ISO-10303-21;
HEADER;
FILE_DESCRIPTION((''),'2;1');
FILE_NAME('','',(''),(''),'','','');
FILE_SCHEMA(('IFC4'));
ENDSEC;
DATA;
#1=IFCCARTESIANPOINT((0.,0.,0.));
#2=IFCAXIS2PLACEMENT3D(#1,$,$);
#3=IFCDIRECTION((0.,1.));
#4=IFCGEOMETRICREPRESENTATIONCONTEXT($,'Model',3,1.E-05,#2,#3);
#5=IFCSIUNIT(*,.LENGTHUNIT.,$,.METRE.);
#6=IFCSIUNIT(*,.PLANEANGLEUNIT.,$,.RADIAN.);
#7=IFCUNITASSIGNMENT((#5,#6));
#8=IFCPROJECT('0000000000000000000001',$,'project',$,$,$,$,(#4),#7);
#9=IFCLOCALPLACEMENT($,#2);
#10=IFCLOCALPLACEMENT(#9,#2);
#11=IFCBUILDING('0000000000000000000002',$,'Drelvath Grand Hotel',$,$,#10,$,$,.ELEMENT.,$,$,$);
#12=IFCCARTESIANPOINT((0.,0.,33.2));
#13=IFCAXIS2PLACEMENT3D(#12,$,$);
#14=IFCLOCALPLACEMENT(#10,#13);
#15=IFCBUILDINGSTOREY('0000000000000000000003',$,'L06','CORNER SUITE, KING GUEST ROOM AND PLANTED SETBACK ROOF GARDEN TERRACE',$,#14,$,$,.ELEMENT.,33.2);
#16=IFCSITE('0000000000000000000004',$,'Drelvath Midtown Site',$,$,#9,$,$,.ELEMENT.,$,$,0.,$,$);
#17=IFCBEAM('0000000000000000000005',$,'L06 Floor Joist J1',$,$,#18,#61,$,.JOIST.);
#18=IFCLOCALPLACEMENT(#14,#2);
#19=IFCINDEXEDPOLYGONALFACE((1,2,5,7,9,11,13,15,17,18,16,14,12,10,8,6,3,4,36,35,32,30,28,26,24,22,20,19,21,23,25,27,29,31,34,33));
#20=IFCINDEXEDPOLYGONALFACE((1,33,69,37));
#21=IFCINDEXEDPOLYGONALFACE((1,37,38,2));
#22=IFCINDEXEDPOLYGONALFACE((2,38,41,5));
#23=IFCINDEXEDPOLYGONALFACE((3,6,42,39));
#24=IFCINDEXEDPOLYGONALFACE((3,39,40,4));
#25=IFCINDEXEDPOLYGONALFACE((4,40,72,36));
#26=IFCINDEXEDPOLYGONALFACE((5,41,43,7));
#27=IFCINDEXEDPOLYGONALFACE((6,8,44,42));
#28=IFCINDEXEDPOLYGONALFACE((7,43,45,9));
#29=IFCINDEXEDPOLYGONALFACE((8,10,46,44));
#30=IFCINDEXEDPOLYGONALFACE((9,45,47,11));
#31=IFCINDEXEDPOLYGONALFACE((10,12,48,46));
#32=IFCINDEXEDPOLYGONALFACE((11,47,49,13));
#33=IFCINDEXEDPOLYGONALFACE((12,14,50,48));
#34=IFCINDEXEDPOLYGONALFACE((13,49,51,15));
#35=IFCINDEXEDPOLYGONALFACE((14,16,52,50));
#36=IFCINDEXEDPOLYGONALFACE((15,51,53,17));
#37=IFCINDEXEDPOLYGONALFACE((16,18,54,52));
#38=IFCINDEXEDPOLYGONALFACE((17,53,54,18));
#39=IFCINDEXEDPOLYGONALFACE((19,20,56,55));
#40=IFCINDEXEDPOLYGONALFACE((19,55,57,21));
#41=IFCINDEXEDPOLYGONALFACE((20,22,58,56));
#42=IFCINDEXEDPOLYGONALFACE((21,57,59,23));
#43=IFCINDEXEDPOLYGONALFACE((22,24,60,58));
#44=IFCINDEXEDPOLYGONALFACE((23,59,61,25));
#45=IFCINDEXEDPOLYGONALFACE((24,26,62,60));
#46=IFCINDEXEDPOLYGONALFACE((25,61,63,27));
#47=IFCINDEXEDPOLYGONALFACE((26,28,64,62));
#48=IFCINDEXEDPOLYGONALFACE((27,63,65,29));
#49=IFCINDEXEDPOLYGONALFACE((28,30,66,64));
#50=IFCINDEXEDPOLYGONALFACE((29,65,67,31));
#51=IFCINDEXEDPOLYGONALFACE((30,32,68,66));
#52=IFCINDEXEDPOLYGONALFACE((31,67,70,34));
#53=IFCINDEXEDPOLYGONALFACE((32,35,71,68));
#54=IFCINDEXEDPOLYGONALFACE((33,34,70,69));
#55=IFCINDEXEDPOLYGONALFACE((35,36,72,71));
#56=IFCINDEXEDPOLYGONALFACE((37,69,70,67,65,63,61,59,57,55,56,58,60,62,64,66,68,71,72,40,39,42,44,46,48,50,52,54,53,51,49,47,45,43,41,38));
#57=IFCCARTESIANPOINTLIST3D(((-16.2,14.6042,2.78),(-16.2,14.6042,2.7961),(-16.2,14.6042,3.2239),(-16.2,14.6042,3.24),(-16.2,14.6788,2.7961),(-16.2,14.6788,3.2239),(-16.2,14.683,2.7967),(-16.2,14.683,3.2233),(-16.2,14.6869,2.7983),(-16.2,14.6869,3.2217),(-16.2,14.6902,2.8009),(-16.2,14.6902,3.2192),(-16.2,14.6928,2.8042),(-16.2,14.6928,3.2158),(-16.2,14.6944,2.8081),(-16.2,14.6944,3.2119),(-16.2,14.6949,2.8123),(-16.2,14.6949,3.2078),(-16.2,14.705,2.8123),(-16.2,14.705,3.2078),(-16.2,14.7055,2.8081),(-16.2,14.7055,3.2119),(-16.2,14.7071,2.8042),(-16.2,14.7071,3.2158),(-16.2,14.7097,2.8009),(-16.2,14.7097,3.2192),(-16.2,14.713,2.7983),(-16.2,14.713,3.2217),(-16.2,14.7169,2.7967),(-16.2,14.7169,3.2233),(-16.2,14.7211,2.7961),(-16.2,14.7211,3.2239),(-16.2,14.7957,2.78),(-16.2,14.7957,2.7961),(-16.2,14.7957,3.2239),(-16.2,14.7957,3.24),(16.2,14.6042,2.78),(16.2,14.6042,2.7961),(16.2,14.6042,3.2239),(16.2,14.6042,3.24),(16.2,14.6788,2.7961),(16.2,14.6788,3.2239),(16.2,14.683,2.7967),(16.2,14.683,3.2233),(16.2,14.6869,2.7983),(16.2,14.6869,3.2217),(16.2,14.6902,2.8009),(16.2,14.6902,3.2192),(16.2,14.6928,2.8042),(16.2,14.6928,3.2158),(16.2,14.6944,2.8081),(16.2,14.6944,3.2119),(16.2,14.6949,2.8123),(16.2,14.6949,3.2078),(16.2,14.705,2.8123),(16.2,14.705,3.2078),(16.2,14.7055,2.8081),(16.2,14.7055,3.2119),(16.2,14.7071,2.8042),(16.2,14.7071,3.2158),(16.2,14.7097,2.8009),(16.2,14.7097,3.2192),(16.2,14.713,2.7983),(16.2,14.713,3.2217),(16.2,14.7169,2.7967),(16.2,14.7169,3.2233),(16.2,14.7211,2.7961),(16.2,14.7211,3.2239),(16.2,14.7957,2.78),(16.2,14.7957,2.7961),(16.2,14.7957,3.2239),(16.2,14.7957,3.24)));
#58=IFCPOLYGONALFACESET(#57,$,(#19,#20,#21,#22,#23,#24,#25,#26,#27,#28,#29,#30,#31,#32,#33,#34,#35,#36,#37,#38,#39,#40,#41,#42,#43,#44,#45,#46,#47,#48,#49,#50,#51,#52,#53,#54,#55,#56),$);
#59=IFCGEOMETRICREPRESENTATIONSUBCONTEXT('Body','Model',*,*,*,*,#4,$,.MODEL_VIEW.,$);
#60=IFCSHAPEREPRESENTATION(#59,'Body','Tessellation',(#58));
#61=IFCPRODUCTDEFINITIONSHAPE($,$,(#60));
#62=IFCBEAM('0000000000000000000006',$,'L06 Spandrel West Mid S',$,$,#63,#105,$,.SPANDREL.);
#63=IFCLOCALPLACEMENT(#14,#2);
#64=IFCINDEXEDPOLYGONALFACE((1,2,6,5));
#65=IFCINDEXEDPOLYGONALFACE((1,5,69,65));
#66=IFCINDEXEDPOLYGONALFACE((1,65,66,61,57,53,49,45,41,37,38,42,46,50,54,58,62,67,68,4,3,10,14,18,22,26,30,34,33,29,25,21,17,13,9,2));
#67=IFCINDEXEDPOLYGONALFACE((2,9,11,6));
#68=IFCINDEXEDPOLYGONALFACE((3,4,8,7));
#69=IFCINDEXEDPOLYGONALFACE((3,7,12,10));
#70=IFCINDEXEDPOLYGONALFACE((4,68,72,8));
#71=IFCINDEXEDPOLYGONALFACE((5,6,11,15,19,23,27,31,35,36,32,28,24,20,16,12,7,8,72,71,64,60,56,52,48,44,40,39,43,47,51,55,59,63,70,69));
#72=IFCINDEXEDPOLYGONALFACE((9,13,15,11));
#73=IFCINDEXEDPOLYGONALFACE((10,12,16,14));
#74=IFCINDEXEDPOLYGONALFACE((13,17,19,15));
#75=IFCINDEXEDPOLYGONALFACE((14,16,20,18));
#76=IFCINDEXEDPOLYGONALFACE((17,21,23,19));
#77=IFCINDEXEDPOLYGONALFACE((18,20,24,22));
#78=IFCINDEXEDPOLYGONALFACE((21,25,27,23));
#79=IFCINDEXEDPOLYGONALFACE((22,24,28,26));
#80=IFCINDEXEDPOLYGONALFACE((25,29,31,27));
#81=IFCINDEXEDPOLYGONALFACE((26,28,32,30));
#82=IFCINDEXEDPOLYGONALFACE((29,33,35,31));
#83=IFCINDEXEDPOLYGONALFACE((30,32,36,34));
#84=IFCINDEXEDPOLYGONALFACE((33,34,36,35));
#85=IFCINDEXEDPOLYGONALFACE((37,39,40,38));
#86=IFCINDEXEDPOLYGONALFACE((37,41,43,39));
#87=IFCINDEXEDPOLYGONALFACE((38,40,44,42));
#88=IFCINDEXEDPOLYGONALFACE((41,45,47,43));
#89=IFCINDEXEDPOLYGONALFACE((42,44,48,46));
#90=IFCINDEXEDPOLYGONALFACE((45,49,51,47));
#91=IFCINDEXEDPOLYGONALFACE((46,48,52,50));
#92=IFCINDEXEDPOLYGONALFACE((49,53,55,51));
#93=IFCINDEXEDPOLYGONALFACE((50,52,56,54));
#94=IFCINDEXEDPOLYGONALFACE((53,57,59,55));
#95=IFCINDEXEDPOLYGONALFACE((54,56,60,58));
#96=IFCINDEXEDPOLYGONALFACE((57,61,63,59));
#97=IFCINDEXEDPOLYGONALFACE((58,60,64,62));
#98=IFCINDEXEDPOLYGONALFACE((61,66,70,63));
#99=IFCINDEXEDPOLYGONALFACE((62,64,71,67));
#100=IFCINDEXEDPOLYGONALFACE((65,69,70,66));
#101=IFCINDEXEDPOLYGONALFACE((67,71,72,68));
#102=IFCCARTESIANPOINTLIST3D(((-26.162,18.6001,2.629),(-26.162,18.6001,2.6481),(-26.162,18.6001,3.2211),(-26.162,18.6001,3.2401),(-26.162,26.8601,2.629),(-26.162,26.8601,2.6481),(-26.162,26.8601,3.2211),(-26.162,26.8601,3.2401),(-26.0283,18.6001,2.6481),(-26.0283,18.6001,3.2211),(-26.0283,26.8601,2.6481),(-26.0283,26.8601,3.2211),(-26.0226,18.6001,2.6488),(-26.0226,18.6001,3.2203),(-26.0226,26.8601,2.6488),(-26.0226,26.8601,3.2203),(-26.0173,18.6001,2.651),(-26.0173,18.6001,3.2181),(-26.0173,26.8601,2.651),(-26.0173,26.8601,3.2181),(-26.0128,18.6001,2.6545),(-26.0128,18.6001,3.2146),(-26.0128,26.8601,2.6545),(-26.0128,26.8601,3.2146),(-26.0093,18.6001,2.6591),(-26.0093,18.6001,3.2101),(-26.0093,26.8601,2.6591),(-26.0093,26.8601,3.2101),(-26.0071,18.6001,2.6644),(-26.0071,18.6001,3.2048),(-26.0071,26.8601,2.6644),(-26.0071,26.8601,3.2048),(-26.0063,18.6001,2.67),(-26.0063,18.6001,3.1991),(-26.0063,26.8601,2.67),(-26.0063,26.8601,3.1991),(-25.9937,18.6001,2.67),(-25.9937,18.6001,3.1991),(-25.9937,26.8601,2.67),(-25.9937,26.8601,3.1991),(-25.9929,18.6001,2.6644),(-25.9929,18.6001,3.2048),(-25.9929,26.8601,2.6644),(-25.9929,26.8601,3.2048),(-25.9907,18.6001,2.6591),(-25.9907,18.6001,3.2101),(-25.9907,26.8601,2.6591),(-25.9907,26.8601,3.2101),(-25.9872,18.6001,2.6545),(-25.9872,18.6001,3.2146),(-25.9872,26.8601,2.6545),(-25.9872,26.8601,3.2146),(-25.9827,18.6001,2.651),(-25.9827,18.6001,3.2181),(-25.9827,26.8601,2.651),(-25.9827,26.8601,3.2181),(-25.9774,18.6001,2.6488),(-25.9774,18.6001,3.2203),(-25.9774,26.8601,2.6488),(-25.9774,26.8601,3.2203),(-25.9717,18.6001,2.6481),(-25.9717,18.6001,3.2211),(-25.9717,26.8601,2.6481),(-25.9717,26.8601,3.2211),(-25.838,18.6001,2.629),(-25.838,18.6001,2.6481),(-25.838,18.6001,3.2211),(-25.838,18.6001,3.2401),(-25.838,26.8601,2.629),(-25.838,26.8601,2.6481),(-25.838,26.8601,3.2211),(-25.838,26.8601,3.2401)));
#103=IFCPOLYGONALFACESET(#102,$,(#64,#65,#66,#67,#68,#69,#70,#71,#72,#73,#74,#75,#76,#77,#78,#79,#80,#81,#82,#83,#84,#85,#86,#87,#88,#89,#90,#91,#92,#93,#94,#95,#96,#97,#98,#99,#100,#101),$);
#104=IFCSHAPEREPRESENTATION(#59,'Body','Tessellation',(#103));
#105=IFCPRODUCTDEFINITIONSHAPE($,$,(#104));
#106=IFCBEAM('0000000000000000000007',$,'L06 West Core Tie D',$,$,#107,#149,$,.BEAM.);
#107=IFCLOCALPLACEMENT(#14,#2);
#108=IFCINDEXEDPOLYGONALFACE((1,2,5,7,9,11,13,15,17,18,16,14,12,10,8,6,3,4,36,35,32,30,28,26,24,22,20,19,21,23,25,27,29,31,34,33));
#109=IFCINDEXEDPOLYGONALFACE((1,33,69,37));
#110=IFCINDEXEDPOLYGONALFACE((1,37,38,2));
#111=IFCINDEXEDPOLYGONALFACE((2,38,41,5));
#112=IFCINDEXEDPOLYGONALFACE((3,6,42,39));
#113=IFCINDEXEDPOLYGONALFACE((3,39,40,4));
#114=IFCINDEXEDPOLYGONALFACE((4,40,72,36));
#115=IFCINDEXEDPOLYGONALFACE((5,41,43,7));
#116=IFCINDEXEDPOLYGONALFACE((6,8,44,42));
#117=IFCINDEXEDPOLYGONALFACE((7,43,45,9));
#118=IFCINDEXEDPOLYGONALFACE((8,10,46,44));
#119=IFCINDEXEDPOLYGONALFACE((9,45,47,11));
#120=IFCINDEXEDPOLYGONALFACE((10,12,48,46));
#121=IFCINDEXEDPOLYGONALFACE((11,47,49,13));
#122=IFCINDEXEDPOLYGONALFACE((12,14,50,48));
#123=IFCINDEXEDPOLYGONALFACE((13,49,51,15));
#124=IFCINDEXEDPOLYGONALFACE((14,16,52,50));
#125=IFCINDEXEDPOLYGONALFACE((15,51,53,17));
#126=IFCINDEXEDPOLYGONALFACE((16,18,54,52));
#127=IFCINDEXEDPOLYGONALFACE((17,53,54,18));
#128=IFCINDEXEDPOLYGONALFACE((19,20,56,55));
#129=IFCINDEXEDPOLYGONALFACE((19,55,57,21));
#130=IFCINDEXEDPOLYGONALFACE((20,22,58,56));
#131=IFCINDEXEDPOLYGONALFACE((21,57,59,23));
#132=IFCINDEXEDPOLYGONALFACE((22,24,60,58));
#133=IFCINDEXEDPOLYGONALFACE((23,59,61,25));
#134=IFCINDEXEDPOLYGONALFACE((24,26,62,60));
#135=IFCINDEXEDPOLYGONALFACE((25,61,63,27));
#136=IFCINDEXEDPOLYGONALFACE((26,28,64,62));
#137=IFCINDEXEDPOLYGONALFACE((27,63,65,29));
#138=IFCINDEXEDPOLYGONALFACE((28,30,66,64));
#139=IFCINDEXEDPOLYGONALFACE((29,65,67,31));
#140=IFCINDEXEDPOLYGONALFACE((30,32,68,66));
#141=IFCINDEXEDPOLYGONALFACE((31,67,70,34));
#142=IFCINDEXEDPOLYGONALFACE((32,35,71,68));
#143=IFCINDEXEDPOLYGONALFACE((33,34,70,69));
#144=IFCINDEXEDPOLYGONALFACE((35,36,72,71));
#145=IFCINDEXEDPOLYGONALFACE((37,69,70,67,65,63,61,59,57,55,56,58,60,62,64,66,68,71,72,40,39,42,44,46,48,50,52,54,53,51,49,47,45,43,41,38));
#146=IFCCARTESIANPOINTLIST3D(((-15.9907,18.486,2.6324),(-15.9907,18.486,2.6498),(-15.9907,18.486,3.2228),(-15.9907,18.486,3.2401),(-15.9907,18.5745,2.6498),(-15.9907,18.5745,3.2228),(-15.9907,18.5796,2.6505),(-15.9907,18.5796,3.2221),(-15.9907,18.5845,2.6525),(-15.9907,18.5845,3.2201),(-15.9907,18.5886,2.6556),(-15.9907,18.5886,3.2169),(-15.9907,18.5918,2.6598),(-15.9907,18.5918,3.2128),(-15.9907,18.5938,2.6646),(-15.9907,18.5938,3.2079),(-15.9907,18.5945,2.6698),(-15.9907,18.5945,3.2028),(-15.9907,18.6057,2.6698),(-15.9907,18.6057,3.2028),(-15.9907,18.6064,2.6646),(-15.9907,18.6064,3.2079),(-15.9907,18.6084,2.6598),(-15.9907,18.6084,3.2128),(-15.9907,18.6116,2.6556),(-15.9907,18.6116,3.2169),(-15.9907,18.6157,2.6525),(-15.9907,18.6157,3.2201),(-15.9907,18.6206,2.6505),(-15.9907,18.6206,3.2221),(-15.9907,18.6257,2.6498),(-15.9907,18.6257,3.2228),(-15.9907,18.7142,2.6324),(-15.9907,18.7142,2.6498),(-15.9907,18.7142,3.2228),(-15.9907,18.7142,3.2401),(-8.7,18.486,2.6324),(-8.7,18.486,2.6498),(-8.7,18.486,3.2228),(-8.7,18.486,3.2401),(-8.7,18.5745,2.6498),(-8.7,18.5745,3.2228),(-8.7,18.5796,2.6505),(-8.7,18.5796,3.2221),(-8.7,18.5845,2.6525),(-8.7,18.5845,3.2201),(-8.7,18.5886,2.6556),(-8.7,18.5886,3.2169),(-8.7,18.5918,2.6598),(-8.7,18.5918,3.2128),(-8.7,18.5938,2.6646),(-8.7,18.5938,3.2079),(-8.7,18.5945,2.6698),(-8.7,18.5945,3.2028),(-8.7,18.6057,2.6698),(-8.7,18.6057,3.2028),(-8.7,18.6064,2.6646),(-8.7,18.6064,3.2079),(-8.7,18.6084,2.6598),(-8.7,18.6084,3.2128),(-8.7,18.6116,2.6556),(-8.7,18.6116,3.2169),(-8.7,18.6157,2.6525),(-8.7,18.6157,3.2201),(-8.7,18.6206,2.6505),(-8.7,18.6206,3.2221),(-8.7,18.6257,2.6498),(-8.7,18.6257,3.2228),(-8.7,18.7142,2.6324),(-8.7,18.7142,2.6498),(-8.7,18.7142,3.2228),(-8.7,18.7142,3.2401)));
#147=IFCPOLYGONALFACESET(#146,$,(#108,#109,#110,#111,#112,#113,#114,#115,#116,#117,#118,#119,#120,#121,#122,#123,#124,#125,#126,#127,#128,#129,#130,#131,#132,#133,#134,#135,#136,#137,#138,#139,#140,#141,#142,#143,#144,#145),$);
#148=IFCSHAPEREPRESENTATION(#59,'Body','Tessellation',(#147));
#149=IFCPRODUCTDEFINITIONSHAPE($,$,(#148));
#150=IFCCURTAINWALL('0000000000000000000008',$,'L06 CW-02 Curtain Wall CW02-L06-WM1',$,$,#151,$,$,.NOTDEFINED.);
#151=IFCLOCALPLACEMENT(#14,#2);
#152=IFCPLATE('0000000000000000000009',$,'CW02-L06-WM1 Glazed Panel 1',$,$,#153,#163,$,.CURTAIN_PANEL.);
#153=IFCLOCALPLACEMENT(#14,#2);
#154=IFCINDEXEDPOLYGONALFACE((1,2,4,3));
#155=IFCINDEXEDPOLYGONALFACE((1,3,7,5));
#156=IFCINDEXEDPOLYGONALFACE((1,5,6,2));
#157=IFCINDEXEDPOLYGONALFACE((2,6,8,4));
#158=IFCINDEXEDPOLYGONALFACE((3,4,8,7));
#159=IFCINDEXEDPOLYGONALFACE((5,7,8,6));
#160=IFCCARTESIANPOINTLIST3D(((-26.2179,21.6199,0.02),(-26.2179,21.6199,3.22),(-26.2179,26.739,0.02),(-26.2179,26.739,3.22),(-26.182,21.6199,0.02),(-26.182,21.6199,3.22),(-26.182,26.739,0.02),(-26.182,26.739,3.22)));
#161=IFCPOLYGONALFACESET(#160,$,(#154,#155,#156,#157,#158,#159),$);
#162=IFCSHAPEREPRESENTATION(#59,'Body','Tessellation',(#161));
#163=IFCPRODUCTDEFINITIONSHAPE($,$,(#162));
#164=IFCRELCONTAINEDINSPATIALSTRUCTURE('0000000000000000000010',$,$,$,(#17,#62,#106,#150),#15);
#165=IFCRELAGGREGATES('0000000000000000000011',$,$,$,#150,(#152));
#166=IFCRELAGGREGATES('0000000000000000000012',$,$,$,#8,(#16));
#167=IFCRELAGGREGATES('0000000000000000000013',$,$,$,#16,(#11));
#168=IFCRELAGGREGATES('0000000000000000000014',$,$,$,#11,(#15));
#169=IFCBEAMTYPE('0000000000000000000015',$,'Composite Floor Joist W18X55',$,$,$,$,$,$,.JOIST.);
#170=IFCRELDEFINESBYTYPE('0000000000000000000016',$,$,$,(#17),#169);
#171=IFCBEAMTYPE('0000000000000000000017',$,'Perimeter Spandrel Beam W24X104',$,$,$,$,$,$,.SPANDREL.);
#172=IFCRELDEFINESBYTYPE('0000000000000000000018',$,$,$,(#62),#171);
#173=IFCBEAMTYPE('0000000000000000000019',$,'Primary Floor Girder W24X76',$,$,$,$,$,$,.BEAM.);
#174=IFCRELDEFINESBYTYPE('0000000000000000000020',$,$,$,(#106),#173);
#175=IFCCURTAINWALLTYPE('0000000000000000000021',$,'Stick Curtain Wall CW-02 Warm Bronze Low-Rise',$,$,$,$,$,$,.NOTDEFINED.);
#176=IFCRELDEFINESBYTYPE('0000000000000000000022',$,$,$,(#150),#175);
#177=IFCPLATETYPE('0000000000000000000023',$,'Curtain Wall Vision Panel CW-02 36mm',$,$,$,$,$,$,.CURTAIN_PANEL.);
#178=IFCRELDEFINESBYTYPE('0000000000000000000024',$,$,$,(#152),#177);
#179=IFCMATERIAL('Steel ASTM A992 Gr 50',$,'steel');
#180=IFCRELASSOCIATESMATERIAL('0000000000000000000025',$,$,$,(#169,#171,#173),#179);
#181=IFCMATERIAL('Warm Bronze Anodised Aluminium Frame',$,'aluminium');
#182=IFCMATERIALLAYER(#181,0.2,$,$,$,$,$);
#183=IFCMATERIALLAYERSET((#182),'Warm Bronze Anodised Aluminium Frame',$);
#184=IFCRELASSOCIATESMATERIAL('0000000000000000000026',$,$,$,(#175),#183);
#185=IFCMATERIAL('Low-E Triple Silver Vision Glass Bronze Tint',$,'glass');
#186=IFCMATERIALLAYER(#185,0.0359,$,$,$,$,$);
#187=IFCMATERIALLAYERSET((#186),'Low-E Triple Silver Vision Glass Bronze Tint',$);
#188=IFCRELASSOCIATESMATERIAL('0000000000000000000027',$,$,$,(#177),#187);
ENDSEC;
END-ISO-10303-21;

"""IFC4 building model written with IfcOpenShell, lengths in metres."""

from ifc_helpers import new_model, si_unit, direction, frame, origin, origin_2d, place, context, subcontext, project, spatial, rectangle, i_section, extrude, material, layer, layer_set, material_profile, profile_set, type_object, element, aggregate, save


model = new_model("IFC4")

# Units and contexts
model_context = context("Model", 3, precision=1e-05, world=origin(), true_north=direction((0.0, 1.0)))
body_context = subcontext(model_context, "Body", "Model", "MODEL_VIEW")
ifc_project = project(units=[si_unit("LENGTHUNIT", "METRE"), si_unit("PLANEANGLEUNIT", "RADIAN")], contexts=[model_context])

# Site, building, storey
site_placement = place(None, origin())
site = spatial("IfcSite", under=ifc_project, at=site_placement, Name="Drelvath Midtown Site", CompositionType="ELEMENT", RefElevation=0.0)
building_placement = place(site_placement, origin())
building = spatial("IfcBuilding", under=site, at=building_placement, Name="Drelvath Grand Hotel", CompositionType="ELEMENT")
storey_placement = place(building_placement, frame((0.0, 0.0, 33.2)))
storey = spatial("IfcBuildingStorey", under=building, at=storey_placement, Name="L06", Description="CORNER SUITE, KING GUEST ROOM AND PLANTED SETBACK ROOF GARDEN TERRACE", CompositionType="ELEMENT", Elevation=33.2)

# Beams
ifc_material_1 = material(Name="Steel ASTM A992 Gr 50", Category="steel")
ifc_material_profile_1 = material_profile(ifc_material_1, i_section(OverallWidth=0.1914, OverallDepth=0.46, WebThickness=0.01, FlangeThickness=0.0161, FilletRadius=0.0161, at=origin_2d()), Name="W18X55")
ifc_profile_set_1 = profile_set([ifc_material_profile_1], Name="Steel ASTM A992 Gr 50")
beam_type_1 = type_object("IfcBeamType", Name="Composite Floor Joist W18X55", PredefinedType="JOIST", material=ifc_profile_set_1)
beam_1_placement = place(storey_placement, frame((-16.2, 14.7, 3.01), z_axis=(1.0, 0.0, 0.0), x_axis=(0.0, 1.0, 0.0)))
element("IfcBeam", 1, at=beam_1_placement, inside=storey, type_object=beam_type_1, Name="L06 Floor Joist J1", PredefinedType="JOIST", context=body_context, shape_type="SweptSolid", body=[
    extrude(i_section(OverallWidth=0.1914, OverallDepth=0.46, WebThickness=0.01, FlangeThickness=0.0161, FilletRadius=0.0161, at=origin_2d()), origin(), (0.0, 0.0, 1.0), 32.3999),
])
ifc_material_profile_2 = material_profile(ifc_material_1, i_section(OverallWidth=0.324, OverallDepth=0.6111, WebThickness=0.0127, FlangeThickness=0.019, FilletRadius=0.022, at=origin_2d()), Name="W24X104")
ifc_profile_set_2 = profile_set([ifc_material_profile_2], Name="Steel ASTM A992 Gr 50")
beam_type_2 = type_object("IfcBeamType", Name="Perimeter Spandrel Beam W24X104", PredefinedType="SPANDREL", material=ifc_profile_set_2)
beam_2_placement = place(storey_placement, frame((-26.0, 18.6001, 2.9346), z_axis=(0.0, 1.0, 0.0), x_axis=(-1.0, 0.0, 0.0)))
element("IfcBeam", 2, at=beam_2_placement, inside=storey, type_object=beam_type_2, Name="L06 Spandrel West Mid S", PredefinedType="SPANDREL", context=body_context, shape_type="SweptSolid", body=[
    extrude(i_section(OverallWidth=0.324, OverallDepth=0.6111, WebThickness=0.0127, FlangeThickness=0.019, FilletRadius=0.022, at=origin_2d()), origin(), (0.0, 0.0, 1.0), 8.26),
])
ifc_material_profile_3 = material_profile(ifc_material_1, i_section(OverallWidth=0.2283, OverallDepth=0.6077, WebThickness=0.0112, FlangeThickness=0.0173, FilletRadius=0.02, at=origin_2d()), Name="W24X76")
ifc_profile_set_3 = profile_set([ifc_material_profile_3], Name="Steel ASTM A992 Gr 50")
beam_type_3 = type_object("IfcBeamType", Name="Primary Floor Girder W24X76", PredefinedType="BEAM", material=ifc_profile_set_3)
beam_3_placement = place(storey_placement, frame((-15.9907, 18.6001, 2.9363), z_axis=(1.0, 0.0, 0.0), x_axis=(0.0, 1.0, 0.0)))
element("IfcBeam", 3, at=beam_3_placement, inside=storey, type_object=beam_type_3, Name="L06 West Core Tie D", PredefinedType="BEAM", context=body_context, shape_type="SweptSolid", body=[
    extrude(i_section(OverallWidth=0.2283, OverallDepth=0.6077, WebThickness=0.0112, FlangeThickness=0.0173, FilletRadius=0.02, at=origin_2d()), origin(), (0.0, 0.0, 1.0), 7.2908),
])

# Curtain wall, plate
ifc_material_2 = material(Name="Warm Bronze Anodised Aluminium Frame", Category="aluminium")
ifc_layer_1 = layer(ifc_material_2, 0.2)
ifc_layer_set_1 = layer_set([ifc_layer_1], Name="Warm Bronze Anodised Aluminium Frame")
curtain_wall_type = type_object("IfcCurtainWallType", Name="Stick Curtain Wall CW-02 Warm Bronze Low-Rise", PredefinedType="NOTDEFINED", material=ifc_layer_set_1)
curtain_wall_placement = place(storey_placement, origin())
curtain_wall = element("IfcCurtainWall", 4, at=curtain_wall_placement, inside=storey, type_object=curtain_wall_type, Name="L06 CW-02 Curtain Wall CW02-L06-WM1", PredefinedType="NOTDEFINED")
ifc_material_3 = material(Name="Low-E Triple Silver Vision Glass Bronze Tint", Category="glass")
ifc_layer_2 = layer(ifc_material_3, 0.0359)
ifc_layer_set_2 = layer_set([ifc_layer_2], Name="Low-E Triple Silver Vision Glass Bronze Tint")
plate_type = type_object("IfcPlateType", Name="Curtain Wall Vision Panel CW-02 36mm", PredefinedType="CURTAIN_PANEL", material=ifc_layer_set_2)
plate_placement = place(storey_placement, frame((-26.2, 24.1794, 0.02), z_axis=(0.0, 0.0, 1.0), x_axis=(0.0, 1.0, 0.0)))
plate = element("IfcPlate", 5, at=plate_placement, type_object=plate_type, Name="CW02-L06-WM1 Glazed Panel 1", PredefinedType="CURTAIN_PANEL", context=body_context, shape_type="SweptSolid", body=[
    extrude(rectangle(XDim=5.1191, YDim=0.0359, at=origin_2d()), origin(), (0.0, 0.0, 1.0), 3.2),
])
aggregate(curtain_wall, [plate])

save(model, "model.ifc")
